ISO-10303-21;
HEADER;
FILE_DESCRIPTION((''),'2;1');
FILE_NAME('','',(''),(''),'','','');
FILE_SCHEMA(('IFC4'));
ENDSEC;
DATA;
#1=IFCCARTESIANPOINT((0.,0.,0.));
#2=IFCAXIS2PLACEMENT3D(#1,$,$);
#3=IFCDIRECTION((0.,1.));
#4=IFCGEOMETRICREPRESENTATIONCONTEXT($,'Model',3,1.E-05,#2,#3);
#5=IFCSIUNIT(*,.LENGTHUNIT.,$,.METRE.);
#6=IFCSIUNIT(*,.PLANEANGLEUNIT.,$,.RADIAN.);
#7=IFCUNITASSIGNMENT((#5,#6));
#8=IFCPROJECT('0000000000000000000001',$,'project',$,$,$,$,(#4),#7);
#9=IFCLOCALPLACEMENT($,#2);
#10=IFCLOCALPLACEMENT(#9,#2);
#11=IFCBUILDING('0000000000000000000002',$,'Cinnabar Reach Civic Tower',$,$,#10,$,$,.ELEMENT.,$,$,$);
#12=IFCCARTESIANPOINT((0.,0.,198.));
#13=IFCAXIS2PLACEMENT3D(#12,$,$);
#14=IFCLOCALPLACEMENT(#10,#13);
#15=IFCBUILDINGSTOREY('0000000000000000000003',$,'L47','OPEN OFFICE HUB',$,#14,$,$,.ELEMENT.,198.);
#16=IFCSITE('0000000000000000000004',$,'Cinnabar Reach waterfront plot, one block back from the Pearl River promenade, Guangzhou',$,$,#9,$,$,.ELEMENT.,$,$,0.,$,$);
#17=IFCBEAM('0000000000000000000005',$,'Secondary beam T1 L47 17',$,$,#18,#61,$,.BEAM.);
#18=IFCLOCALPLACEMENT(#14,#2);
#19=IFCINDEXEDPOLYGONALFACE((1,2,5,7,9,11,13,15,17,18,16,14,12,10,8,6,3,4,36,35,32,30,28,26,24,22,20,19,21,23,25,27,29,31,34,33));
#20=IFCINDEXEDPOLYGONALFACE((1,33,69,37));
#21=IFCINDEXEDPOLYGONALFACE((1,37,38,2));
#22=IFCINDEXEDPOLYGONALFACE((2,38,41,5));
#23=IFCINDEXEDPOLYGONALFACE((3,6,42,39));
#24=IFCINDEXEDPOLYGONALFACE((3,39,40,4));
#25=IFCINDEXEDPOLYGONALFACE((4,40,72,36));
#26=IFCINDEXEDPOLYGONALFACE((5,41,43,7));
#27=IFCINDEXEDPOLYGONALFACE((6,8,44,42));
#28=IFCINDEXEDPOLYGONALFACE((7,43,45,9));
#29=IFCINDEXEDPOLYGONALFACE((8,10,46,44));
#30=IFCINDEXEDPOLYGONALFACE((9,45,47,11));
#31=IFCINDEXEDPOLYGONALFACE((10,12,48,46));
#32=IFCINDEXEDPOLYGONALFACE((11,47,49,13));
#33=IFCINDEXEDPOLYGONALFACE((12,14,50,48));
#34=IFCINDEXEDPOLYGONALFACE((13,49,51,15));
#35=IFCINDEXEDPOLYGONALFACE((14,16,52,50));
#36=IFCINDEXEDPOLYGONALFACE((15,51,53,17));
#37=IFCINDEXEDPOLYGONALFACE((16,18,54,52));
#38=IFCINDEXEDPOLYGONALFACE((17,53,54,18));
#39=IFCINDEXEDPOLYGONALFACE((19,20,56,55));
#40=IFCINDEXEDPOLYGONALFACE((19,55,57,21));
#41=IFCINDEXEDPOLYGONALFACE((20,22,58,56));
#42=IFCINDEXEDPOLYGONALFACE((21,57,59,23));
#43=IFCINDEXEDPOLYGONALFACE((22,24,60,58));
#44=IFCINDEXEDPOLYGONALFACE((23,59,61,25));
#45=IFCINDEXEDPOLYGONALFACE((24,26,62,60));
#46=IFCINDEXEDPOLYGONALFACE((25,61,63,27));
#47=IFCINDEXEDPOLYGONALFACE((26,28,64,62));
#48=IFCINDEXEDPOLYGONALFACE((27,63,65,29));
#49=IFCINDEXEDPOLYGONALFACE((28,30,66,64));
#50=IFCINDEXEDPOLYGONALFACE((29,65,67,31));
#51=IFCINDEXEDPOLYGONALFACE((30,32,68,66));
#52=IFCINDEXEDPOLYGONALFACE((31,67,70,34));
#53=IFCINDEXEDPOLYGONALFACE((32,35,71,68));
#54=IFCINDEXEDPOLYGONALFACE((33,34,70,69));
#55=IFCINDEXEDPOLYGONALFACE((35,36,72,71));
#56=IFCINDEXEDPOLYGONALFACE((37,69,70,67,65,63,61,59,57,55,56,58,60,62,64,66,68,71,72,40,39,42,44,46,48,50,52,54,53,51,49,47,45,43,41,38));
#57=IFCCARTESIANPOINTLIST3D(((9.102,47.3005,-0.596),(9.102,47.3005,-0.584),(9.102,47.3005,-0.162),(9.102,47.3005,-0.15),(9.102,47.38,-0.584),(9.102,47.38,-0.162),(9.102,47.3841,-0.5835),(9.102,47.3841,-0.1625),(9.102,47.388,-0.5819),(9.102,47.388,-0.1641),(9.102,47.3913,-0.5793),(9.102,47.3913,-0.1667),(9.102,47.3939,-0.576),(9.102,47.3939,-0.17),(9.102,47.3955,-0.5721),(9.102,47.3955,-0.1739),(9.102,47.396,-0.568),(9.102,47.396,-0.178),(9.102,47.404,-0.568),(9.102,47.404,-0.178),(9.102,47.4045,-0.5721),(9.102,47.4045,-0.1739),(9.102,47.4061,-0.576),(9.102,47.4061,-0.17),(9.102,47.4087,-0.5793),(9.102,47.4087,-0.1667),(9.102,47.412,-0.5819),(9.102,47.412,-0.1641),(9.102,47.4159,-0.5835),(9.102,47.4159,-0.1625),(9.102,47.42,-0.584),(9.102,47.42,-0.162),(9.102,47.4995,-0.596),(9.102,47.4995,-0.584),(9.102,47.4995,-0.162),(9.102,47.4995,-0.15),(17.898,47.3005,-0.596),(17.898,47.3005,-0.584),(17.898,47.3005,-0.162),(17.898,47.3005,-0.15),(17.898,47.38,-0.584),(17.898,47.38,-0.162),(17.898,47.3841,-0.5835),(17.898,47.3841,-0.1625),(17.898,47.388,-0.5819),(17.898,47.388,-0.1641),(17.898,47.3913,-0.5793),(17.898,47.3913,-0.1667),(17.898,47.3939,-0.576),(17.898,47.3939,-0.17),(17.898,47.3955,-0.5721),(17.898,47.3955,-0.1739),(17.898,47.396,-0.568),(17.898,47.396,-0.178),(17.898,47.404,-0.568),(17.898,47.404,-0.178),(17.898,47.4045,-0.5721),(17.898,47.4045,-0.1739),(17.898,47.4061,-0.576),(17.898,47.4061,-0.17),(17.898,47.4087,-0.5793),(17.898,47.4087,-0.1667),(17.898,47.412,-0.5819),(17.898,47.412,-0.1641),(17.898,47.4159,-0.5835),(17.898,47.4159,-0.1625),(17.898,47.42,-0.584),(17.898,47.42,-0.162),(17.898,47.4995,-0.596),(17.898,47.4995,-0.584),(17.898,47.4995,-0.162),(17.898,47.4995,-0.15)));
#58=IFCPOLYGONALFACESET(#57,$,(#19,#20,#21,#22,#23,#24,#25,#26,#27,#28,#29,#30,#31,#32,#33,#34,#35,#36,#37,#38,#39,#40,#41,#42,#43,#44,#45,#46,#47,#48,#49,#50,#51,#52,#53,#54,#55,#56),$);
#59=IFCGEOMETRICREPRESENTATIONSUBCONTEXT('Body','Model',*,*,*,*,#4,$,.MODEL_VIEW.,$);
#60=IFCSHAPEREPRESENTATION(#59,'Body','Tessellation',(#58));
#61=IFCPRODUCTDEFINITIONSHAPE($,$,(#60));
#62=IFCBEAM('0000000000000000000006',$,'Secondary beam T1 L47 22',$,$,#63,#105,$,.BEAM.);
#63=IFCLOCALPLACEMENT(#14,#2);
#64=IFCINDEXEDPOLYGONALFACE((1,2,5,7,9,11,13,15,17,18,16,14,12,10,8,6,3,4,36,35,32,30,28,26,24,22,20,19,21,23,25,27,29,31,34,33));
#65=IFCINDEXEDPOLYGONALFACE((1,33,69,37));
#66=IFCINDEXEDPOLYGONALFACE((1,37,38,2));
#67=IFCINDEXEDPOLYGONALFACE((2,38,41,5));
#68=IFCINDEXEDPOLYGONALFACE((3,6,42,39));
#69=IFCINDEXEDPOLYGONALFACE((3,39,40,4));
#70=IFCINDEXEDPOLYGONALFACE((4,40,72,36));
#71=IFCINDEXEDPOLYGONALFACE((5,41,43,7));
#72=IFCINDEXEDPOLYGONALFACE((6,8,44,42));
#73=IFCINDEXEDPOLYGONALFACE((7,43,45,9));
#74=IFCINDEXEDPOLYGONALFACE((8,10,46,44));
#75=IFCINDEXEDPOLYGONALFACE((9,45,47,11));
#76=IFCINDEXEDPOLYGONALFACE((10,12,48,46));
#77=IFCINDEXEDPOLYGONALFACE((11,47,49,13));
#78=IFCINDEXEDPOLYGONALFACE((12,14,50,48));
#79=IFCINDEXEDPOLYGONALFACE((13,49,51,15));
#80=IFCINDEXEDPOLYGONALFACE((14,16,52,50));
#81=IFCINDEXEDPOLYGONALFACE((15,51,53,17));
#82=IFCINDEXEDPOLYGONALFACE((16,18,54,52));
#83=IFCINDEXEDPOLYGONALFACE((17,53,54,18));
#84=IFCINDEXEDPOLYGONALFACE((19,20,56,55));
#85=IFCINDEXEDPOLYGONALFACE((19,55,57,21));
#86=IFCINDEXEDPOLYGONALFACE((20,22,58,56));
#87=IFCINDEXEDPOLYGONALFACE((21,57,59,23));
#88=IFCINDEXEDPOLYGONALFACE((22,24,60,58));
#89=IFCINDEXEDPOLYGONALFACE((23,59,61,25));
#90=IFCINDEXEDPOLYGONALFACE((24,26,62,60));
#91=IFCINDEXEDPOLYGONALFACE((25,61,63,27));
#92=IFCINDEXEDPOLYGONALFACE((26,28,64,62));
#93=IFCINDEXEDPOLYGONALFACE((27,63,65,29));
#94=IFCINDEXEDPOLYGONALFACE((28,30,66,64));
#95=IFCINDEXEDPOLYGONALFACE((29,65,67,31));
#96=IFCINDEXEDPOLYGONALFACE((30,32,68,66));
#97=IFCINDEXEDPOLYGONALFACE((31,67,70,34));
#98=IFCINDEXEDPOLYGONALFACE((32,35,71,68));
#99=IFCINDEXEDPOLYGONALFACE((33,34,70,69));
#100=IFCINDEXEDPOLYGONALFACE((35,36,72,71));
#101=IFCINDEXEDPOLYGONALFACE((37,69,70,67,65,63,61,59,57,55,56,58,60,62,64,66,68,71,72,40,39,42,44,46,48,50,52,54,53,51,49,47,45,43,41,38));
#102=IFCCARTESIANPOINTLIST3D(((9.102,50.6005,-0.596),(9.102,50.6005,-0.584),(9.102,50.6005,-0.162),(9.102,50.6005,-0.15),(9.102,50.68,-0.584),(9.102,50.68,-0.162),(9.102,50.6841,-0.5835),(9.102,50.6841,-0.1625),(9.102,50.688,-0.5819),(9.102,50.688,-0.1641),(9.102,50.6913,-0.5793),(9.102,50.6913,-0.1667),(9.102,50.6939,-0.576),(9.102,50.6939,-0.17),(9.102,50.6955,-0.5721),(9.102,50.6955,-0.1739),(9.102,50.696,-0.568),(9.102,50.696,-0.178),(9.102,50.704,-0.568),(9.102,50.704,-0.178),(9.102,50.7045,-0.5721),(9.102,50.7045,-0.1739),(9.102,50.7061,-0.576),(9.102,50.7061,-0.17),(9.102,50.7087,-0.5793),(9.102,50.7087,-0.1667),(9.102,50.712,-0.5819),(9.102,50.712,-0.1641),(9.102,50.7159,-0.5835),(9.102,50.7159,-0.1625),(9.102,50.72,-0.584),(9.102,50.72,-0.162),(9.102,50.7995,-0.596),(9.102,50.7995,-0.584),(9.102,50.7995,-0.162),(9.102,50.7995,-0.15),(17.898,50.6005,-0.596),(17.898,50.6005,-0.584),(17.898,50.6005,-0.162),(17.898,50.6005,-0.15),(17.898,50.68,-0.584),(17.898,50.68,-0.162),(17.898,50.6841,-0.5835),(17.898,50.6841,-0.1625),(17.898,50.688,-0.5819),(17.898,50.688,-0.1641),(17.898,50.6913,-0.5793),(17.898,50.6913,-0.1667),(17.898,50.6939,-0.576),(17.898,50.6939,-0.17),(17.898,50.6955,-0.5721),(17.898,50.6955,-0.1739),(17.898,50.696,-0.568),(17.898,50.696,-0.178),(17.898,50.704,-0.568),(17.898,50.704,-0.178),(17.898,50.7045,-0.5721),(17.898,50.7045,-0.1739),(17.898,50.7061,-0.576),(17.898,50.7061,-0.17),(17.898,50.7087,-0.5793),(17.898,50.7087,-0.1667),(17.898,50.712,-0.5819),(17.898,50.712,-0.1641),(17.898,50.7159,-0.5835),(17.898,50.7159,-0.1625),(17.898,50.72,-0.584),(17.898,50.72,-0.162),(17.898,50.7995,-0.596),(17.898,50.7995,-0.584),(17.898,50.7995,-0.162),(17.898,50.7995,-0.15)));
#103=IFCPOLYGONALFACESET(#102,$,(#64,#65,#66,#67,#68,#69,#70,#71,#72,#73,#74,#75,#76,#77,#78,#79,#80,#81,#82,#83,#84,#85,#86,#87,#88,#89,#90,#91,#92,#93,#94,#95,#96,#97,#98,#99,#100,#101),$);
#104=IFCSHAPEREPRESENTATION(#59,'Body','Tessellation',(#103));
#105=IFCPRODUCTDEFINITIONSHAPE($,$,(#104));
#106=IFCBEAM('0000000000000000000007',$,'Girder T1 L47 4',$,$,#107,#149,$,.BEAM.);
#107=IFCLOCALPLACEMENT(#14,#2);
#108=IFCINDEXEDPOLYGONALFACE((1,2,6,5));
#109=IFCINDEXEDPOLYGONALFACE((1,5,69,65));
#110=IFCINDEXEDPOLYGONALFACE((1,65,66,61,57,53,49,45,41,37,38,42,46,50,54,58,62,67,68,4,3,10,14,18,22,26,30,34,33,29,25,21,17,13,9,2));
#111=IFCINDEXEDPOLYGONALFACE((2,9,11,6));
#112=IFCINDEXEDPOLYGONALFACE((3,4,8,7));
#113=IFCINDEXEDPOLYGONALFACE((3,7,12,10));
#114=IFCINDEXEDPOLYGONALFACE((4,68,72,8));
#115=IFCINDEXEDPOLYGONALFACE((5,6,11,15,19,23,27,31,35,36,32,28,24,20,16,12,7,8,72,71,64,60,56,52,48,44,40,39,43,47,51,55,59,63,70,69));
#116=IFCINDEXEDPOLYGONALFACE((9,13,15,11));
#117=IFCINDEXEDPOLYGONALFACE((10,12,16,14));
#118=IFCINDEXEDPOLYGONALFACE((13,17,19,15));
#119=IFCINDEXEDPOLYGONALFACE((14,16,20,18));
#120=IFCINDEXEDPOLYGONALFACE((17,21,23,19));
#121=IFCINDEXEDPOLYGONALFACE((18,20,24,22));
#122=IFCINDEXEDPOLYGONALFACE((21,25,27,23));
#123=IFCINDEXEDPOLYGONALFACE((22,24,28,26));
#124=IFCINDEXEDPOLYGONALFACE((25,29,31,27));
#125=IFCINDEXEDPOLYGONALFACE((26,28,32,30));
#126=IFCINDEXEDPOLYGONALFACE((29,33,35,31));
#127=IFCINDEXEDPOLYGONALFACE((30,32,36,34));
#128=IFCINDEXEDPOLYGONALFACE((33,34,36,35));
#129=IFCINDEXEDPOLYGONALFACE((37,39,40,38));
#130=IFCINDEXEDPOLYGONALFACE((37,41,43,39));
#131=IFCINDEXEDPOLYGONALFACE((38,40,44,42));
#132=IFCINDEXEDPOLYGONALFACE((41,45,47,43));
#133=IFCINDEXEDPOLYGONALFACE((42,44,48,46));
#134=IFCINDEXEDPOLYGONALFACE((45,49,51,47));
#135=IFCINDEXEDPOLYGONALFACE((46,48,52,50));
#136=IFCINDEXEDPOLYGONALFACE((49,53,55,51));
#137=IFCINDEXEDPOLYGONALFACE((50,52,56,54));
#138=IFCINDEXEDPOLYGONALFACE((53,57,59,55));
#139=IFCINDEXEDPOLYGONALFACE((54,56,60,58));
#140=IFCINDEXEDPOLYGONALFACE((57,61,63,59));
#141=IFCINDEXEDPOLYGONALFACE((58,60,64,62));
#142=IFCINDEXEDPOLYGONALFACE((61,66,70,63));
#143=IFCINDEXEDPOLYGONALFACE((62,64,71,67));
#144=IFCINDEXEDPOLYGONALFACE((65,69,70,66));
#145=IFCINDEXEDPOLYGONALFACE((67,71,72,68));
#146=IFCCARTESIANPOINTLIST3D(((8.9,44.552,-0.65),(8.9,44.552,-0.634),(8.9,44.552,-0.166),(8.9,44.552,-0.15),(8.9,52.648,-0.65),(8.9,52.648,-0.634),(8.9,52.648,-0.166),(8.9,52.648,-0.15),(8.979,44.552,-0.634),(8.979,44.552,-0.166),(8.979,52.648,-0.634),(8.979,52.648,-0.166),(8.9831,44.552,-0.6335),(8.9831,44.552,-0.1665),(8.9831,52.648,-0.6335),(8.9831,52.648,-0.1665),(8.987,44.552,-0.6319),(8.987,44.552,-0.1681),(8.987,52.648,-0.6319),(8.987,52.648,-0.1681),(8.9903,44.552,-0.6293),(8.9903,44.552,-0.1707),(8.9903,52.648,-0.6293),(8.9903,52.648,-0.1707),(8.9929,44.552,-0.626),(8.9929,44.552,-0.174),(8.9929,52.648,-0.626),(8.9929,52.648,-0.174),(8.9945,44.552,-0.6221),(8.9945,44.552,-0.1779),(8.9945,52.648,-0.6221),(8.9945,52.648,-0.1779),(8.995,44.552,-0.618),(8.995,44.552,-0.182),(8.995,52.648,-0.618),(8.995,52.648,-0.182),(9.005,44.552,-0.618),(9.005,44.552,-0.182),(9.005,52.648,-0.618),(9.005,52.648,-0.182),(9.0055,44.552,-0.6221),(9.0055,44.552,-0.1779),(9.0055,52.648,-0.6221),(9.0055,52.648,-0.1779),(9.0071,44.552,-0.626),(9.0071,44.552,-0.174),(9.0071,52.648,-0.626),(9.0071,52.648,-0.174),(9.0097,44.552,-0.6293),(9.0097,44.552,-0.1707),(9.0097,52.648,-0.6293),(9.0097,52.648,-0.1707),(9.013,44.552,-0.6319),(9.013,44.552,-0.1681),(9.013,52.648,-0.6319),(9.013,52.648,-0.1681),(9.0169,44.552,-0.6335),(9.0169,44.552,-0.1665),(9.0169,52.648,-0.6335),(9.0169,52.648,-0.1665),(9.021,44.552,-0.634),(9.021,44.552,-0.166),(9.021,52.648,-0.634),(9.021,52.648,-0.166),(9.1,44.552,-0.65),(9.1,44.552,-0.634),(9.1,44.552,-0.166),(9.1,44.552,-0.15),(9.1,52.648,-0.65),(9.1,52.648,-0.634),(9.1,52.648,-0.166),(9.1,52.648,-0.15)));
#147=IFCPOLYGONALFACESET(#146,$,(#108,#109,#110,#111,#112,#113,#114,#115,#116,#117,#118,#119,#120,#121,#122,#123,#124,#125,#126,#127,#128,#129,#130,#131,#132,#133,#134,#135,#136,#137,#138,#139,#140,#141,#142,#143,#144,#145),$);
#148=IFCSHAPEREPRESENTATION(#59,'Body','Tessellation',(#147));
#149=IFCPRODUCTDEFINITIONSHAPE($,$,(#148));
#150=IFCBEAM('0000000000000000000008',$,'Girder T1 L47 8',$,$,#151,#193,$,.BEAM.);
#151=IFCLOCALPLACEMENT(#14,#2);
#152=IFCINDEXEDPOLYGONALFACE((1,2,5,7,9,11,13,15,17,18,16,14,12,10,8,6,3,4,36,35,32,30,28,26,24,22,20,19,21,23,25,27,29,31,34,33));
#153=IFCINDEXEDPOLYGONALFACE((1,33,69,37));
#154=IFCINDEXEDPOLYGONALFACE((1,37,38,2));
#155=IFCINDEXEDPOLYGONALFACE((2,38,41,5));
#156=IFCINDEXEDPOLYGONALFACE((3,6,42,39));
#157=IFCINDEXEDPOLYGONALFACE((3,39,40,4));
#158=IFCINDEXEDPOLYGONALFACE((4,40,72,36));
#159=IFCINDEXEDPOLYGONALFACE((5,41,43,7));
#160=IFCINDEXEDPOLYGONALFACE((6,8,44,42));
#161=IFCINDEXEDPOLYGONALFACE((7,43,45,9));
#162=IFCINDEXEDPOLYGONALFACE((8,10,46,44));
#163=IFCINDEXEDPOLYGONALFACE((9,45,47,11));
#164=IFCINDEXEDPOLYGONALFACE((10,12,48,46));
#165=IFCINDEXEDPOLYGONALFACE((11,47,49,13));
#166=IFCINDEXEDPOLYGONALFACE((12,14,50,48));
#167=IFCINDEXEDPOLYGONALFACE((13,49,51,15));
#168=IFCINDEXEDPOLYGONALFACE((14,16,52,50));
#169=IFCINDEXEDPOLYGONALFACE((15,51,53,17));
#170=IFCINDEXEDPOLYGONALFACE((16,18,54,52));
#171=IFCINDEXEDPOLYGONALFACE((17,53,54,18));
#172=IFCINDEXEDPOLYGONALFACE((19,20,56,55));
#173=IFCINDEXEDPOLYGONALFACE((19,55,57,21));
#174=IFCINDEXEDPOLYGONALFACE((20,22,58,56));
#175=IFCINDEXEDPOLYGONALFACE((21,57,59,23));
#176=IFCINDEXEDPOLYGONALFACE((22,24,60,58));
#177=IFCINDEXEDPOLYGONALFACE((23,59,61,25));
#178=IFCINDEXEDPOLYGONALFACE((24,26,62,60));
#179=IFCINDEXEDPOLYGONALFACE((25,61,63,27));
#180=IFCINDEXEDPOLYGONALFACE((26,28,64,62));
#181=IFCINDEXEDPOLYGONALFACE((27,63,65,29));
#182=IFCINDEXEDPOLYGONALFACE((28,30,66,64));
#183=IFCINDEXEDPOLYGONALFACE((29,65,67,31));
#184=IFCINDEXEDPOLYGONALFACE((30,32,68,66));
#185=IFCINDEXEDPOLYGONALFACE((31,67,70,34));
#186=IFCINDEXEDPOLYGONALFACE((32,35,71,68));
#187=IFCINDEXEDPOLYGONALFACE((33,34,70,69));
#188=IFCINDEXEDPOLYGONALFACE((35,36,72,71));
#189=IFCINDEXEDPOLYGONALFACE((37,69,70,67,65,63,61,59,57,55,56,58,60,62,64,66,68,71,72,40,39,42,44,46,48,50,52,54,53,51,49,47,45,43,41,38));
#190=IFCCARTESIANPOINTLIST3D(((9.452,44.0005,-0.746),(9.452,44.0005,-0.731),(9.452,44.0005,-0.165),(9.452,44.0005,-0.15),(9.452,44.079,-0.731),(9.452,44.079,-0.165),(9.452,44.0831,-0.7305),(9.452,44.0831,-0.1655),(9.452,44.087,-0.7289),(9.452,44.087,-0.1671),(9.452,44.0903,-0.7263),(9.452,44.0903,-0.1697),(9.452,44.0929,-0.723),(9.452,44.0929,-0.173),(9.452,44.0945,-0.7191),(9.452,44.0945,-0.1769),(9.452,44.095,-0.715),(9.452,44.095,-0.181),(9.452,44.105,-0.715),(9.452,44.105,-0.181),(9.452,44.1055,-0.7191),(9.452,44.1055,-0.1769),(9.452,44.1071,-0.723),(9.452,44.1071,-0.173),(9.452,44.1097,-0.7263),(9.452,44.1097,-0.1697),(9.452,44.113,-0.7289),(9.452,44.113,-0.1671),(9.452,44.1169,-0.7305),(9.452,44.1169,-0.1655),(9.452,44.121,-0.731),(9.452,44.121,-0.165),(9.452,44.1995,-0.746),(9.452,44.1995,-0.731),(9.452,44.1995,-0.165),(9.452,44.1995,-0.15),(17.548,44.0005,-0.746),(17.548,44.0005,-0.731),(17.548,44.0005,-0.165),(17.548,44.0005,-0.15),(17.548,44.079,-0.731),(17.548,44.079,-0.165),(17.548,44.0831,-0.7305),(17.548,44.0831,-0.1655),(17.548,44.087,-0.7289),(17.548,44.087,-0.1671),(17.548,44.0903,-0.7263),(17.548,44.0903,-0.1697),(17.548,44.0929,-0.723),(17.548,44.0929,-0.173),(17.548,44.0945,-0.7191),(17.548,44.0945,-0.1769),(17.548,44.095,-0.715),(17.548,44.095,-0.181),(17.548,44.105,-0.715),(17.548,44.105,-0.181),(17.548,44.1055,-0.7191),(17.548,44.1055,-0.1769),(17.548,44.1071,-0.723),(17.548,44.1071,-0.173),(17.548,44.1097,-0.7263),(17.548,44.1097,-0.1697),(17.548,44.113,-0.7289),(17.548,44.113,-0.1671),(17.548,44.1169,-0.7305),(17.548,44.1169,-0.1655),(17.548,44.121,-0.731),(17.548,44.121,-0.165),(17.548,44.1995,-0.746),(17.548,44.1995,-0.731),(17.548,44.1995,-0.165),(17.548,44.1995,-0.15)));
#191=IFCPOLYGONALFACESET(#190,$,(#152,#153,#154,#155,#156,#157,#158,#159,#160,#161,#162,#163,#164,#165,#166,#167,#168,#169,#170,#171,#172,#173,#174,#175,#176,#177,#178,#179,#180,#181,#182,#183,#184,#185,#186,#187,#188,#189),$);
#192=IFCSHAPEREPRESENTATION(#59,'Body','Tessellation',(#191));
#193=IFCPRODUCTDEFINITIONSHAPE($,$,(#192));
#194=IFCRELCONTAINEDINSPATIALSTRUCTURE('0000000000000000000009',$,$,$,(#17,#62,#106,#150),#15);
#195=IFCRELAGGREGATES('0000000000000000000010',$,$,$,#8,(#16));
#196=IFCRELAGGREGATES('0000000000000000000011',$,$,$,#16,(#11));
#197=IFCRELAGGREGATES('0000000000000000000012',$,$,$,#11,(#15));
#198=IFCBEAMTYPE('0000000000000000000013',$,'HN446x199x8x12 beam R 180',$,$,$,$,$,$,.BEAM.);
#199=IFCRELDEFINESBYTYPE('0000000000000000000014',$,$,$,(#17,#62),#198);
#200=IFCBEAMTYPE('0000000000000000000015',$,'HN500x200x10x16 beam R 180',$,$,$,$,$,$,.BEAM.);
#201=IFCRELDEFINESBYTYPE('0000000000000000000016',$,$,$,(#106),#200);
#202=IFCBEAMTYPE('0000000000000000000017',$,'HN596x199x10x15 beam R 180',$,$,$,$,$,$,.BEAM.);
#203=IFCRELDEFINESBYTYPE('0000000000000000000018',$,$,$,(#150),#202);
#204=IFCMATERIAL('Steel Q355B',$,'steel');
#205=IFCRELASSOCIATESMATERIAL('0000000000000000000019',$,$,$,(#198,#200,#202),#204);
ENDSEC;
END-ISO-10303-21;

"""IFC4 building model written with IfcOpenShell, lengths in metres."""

from ifc_helpers import new_model, si_unit, direction, frame, origin, origin_2d, place, context, subcontext, project, spatial, i_section, extrude, material, material_profile, profile_set, type_object, element, save


model = new_model("IFC4")

# Units and contexts
model_context = context("Model", 3, precision=1e-05, world=origin(), true_north=direction((0.0, 1.0)))
body_context = subcontext(model_context, "Body", "Model", "MODEL_VIEW")
ifc_project = project(units=[si_unit("LENGTHUNIT", "METRE"), si_unit("PLANEANGLEUNIT", "RADIAN")], contexts=[model_context])

# Site, building, storey
site_placement = place(None, origin())
site = spatial("IfcSite", under=ifc_project, at=site_placement, Name="Cinnabar Reach waterfront plot, one block back from the Pearl River promenade, Guangzhou", CompositionType="ELEMENT", RefElevation=0.0)
building_placement = place(site_placement, origin())
building = spatial("IfcBuilding", under=site, at=building_placement, Name="Cinnabar Reach Civic Tower", CompositionType="ELEMENT")
storey_placement = place(building_placement, frame((0.0, 0.0, 198.0)))
storey = spatial("IfcBuildingStorey", under=building, at=storey_placement, Name="L47", Description="OPEN OFFICE HUB", CompositionType="ELEMENT", Elevation=198.0)

# Beams
ifc_material_1 = material(Name="Steel Q355B", Category="steel")
ifc_material_profile_1 = material_profile(ifc_material_1, i_section(OverallWidth=0.199, OverallDepth=0.446, WebThickness=0.008, FlangeThickness=0.012, FilletRadius=0.016, at=origin_2d()), Name="HN446x199x8x12")
ifc_profile_set_1 = profile_set([ifc_material_profile_1], Name="Steel Q355B")
beam_type_1 = type_object("IfcBeamType", Name="HN446x199x8x12 beam R 180", PredefinedType="BEAM", material=ifc_profile_set_1)
for number, where, z_axis, x_axis, name in (
    (1, (9.102, 47.4, -0.373), (1.0, 0.0, 0.0), (0.0, 1.0, 0.0), "Secondary beam T1 L47 17"),
    (2, (9.102, 50.7, -0.373), (1.0, 0.0, 0.0), (0.0, 1.0, 0.0), "Secondary beam T1 L47 22"),
):
    element("IfcBeam", number, at=place(storey_placement, frame(where, z_axis=z_axis, x_axis=x_axis)), inside=storey, type_object=beam_type_1, Name=name, PredefinedType="BEAM", context=body_context, shape_type="SweptSolid", body=[
        extrude(i_section(OverallWidth=0.199, OverallDepth=0.446, WebThickness=0.008, FlangeThickness=0.012, FilletRadius=0.016, at=origin_2d()), origin(), (0.0, 0.0, 1.0), 8.796),
    ])
ifc_material_profile_2 = material_profile(ifc_material_1, i_section(OverallWidth=0.2, OverallDepth=0.5, WebThickness=0.01, FlangeThickness=0.016, FilletRadius=0.016, at=origin_2d()), Name="HN500x200x10x16")
ifc_profile_set_2 = profile_set([ifc_material_profile_2], Name="Steel Q355B")
beam_type_2 = type_object("IfcBeamType", Name="HN500x200x10x16 beam R 180", PredefinedType="BEAM", material=ifc_profile_set_2)
beam_1_placement = place(storey_placement, frame((9.0, 44.552, -0.4), z_axis=(0.0, 1.0, 0.0), x_axis=(-1.0, 0.0, 0.0)))
element("IfcBeam", 3, at=beam_1_placement, inside=storey, type_object=beam_type_2, Name="Girder T1 L47 4", PredefinedType="BEAM", context=body_context, shape_type="SweptSolid", body=[
    extrude(i_section(OverallWidth=0.2, OverallDepth=0.5, WebThickness=0.01, FlangeThickness=0.016, FilletRadius=0.016, at=origin_2d()), origin(), (0.0, 0.0, 1.0), 8.096),
])
ifc_material_profile_3 = material_profile(ifc_material_1, i_section(OverallWidth=0.199, OverallDepth=0.596, WebThickness=0.01, FlangeThickness=0.015, FilletRadius=0.016, at=origin_2d()), Name="HN596x199x10x15")
ifc_profile_set_3 = profile_set([ifc_material_profile_3], Name="Steel Q355B")
beam_type_3 = type_object("IfcBeamType", Name="HN596x199x10x15 beam R 180", PredefinedType="BEAM", material=ifc_profile_set_3)
beam_2_placement = place(storey_placement, frame((9.452, 44.1, -0.448), z_axis=(1.0, 0.0, 0.0), x_axis=(0.0, 1.0, 0.0)))
element("IfcBeam", 4, at=beam_2_placement, inside=storey, type_object=beam_type_3, Name="Girder T1 L47 8", PredefinedType="BEAM", context=body_context, shape_type="SweptSolid", body=[
    extrude(i_section(OverallWidth=0.199, OverallDepth=0.596, WebThickness=0.01, FlangeThickness=0.015, FilletRadius=0.016, at=origin_2d()), origin(), (0.0, 0.0, 1.0), 8.096),
])

save(model, "model.ifc")
